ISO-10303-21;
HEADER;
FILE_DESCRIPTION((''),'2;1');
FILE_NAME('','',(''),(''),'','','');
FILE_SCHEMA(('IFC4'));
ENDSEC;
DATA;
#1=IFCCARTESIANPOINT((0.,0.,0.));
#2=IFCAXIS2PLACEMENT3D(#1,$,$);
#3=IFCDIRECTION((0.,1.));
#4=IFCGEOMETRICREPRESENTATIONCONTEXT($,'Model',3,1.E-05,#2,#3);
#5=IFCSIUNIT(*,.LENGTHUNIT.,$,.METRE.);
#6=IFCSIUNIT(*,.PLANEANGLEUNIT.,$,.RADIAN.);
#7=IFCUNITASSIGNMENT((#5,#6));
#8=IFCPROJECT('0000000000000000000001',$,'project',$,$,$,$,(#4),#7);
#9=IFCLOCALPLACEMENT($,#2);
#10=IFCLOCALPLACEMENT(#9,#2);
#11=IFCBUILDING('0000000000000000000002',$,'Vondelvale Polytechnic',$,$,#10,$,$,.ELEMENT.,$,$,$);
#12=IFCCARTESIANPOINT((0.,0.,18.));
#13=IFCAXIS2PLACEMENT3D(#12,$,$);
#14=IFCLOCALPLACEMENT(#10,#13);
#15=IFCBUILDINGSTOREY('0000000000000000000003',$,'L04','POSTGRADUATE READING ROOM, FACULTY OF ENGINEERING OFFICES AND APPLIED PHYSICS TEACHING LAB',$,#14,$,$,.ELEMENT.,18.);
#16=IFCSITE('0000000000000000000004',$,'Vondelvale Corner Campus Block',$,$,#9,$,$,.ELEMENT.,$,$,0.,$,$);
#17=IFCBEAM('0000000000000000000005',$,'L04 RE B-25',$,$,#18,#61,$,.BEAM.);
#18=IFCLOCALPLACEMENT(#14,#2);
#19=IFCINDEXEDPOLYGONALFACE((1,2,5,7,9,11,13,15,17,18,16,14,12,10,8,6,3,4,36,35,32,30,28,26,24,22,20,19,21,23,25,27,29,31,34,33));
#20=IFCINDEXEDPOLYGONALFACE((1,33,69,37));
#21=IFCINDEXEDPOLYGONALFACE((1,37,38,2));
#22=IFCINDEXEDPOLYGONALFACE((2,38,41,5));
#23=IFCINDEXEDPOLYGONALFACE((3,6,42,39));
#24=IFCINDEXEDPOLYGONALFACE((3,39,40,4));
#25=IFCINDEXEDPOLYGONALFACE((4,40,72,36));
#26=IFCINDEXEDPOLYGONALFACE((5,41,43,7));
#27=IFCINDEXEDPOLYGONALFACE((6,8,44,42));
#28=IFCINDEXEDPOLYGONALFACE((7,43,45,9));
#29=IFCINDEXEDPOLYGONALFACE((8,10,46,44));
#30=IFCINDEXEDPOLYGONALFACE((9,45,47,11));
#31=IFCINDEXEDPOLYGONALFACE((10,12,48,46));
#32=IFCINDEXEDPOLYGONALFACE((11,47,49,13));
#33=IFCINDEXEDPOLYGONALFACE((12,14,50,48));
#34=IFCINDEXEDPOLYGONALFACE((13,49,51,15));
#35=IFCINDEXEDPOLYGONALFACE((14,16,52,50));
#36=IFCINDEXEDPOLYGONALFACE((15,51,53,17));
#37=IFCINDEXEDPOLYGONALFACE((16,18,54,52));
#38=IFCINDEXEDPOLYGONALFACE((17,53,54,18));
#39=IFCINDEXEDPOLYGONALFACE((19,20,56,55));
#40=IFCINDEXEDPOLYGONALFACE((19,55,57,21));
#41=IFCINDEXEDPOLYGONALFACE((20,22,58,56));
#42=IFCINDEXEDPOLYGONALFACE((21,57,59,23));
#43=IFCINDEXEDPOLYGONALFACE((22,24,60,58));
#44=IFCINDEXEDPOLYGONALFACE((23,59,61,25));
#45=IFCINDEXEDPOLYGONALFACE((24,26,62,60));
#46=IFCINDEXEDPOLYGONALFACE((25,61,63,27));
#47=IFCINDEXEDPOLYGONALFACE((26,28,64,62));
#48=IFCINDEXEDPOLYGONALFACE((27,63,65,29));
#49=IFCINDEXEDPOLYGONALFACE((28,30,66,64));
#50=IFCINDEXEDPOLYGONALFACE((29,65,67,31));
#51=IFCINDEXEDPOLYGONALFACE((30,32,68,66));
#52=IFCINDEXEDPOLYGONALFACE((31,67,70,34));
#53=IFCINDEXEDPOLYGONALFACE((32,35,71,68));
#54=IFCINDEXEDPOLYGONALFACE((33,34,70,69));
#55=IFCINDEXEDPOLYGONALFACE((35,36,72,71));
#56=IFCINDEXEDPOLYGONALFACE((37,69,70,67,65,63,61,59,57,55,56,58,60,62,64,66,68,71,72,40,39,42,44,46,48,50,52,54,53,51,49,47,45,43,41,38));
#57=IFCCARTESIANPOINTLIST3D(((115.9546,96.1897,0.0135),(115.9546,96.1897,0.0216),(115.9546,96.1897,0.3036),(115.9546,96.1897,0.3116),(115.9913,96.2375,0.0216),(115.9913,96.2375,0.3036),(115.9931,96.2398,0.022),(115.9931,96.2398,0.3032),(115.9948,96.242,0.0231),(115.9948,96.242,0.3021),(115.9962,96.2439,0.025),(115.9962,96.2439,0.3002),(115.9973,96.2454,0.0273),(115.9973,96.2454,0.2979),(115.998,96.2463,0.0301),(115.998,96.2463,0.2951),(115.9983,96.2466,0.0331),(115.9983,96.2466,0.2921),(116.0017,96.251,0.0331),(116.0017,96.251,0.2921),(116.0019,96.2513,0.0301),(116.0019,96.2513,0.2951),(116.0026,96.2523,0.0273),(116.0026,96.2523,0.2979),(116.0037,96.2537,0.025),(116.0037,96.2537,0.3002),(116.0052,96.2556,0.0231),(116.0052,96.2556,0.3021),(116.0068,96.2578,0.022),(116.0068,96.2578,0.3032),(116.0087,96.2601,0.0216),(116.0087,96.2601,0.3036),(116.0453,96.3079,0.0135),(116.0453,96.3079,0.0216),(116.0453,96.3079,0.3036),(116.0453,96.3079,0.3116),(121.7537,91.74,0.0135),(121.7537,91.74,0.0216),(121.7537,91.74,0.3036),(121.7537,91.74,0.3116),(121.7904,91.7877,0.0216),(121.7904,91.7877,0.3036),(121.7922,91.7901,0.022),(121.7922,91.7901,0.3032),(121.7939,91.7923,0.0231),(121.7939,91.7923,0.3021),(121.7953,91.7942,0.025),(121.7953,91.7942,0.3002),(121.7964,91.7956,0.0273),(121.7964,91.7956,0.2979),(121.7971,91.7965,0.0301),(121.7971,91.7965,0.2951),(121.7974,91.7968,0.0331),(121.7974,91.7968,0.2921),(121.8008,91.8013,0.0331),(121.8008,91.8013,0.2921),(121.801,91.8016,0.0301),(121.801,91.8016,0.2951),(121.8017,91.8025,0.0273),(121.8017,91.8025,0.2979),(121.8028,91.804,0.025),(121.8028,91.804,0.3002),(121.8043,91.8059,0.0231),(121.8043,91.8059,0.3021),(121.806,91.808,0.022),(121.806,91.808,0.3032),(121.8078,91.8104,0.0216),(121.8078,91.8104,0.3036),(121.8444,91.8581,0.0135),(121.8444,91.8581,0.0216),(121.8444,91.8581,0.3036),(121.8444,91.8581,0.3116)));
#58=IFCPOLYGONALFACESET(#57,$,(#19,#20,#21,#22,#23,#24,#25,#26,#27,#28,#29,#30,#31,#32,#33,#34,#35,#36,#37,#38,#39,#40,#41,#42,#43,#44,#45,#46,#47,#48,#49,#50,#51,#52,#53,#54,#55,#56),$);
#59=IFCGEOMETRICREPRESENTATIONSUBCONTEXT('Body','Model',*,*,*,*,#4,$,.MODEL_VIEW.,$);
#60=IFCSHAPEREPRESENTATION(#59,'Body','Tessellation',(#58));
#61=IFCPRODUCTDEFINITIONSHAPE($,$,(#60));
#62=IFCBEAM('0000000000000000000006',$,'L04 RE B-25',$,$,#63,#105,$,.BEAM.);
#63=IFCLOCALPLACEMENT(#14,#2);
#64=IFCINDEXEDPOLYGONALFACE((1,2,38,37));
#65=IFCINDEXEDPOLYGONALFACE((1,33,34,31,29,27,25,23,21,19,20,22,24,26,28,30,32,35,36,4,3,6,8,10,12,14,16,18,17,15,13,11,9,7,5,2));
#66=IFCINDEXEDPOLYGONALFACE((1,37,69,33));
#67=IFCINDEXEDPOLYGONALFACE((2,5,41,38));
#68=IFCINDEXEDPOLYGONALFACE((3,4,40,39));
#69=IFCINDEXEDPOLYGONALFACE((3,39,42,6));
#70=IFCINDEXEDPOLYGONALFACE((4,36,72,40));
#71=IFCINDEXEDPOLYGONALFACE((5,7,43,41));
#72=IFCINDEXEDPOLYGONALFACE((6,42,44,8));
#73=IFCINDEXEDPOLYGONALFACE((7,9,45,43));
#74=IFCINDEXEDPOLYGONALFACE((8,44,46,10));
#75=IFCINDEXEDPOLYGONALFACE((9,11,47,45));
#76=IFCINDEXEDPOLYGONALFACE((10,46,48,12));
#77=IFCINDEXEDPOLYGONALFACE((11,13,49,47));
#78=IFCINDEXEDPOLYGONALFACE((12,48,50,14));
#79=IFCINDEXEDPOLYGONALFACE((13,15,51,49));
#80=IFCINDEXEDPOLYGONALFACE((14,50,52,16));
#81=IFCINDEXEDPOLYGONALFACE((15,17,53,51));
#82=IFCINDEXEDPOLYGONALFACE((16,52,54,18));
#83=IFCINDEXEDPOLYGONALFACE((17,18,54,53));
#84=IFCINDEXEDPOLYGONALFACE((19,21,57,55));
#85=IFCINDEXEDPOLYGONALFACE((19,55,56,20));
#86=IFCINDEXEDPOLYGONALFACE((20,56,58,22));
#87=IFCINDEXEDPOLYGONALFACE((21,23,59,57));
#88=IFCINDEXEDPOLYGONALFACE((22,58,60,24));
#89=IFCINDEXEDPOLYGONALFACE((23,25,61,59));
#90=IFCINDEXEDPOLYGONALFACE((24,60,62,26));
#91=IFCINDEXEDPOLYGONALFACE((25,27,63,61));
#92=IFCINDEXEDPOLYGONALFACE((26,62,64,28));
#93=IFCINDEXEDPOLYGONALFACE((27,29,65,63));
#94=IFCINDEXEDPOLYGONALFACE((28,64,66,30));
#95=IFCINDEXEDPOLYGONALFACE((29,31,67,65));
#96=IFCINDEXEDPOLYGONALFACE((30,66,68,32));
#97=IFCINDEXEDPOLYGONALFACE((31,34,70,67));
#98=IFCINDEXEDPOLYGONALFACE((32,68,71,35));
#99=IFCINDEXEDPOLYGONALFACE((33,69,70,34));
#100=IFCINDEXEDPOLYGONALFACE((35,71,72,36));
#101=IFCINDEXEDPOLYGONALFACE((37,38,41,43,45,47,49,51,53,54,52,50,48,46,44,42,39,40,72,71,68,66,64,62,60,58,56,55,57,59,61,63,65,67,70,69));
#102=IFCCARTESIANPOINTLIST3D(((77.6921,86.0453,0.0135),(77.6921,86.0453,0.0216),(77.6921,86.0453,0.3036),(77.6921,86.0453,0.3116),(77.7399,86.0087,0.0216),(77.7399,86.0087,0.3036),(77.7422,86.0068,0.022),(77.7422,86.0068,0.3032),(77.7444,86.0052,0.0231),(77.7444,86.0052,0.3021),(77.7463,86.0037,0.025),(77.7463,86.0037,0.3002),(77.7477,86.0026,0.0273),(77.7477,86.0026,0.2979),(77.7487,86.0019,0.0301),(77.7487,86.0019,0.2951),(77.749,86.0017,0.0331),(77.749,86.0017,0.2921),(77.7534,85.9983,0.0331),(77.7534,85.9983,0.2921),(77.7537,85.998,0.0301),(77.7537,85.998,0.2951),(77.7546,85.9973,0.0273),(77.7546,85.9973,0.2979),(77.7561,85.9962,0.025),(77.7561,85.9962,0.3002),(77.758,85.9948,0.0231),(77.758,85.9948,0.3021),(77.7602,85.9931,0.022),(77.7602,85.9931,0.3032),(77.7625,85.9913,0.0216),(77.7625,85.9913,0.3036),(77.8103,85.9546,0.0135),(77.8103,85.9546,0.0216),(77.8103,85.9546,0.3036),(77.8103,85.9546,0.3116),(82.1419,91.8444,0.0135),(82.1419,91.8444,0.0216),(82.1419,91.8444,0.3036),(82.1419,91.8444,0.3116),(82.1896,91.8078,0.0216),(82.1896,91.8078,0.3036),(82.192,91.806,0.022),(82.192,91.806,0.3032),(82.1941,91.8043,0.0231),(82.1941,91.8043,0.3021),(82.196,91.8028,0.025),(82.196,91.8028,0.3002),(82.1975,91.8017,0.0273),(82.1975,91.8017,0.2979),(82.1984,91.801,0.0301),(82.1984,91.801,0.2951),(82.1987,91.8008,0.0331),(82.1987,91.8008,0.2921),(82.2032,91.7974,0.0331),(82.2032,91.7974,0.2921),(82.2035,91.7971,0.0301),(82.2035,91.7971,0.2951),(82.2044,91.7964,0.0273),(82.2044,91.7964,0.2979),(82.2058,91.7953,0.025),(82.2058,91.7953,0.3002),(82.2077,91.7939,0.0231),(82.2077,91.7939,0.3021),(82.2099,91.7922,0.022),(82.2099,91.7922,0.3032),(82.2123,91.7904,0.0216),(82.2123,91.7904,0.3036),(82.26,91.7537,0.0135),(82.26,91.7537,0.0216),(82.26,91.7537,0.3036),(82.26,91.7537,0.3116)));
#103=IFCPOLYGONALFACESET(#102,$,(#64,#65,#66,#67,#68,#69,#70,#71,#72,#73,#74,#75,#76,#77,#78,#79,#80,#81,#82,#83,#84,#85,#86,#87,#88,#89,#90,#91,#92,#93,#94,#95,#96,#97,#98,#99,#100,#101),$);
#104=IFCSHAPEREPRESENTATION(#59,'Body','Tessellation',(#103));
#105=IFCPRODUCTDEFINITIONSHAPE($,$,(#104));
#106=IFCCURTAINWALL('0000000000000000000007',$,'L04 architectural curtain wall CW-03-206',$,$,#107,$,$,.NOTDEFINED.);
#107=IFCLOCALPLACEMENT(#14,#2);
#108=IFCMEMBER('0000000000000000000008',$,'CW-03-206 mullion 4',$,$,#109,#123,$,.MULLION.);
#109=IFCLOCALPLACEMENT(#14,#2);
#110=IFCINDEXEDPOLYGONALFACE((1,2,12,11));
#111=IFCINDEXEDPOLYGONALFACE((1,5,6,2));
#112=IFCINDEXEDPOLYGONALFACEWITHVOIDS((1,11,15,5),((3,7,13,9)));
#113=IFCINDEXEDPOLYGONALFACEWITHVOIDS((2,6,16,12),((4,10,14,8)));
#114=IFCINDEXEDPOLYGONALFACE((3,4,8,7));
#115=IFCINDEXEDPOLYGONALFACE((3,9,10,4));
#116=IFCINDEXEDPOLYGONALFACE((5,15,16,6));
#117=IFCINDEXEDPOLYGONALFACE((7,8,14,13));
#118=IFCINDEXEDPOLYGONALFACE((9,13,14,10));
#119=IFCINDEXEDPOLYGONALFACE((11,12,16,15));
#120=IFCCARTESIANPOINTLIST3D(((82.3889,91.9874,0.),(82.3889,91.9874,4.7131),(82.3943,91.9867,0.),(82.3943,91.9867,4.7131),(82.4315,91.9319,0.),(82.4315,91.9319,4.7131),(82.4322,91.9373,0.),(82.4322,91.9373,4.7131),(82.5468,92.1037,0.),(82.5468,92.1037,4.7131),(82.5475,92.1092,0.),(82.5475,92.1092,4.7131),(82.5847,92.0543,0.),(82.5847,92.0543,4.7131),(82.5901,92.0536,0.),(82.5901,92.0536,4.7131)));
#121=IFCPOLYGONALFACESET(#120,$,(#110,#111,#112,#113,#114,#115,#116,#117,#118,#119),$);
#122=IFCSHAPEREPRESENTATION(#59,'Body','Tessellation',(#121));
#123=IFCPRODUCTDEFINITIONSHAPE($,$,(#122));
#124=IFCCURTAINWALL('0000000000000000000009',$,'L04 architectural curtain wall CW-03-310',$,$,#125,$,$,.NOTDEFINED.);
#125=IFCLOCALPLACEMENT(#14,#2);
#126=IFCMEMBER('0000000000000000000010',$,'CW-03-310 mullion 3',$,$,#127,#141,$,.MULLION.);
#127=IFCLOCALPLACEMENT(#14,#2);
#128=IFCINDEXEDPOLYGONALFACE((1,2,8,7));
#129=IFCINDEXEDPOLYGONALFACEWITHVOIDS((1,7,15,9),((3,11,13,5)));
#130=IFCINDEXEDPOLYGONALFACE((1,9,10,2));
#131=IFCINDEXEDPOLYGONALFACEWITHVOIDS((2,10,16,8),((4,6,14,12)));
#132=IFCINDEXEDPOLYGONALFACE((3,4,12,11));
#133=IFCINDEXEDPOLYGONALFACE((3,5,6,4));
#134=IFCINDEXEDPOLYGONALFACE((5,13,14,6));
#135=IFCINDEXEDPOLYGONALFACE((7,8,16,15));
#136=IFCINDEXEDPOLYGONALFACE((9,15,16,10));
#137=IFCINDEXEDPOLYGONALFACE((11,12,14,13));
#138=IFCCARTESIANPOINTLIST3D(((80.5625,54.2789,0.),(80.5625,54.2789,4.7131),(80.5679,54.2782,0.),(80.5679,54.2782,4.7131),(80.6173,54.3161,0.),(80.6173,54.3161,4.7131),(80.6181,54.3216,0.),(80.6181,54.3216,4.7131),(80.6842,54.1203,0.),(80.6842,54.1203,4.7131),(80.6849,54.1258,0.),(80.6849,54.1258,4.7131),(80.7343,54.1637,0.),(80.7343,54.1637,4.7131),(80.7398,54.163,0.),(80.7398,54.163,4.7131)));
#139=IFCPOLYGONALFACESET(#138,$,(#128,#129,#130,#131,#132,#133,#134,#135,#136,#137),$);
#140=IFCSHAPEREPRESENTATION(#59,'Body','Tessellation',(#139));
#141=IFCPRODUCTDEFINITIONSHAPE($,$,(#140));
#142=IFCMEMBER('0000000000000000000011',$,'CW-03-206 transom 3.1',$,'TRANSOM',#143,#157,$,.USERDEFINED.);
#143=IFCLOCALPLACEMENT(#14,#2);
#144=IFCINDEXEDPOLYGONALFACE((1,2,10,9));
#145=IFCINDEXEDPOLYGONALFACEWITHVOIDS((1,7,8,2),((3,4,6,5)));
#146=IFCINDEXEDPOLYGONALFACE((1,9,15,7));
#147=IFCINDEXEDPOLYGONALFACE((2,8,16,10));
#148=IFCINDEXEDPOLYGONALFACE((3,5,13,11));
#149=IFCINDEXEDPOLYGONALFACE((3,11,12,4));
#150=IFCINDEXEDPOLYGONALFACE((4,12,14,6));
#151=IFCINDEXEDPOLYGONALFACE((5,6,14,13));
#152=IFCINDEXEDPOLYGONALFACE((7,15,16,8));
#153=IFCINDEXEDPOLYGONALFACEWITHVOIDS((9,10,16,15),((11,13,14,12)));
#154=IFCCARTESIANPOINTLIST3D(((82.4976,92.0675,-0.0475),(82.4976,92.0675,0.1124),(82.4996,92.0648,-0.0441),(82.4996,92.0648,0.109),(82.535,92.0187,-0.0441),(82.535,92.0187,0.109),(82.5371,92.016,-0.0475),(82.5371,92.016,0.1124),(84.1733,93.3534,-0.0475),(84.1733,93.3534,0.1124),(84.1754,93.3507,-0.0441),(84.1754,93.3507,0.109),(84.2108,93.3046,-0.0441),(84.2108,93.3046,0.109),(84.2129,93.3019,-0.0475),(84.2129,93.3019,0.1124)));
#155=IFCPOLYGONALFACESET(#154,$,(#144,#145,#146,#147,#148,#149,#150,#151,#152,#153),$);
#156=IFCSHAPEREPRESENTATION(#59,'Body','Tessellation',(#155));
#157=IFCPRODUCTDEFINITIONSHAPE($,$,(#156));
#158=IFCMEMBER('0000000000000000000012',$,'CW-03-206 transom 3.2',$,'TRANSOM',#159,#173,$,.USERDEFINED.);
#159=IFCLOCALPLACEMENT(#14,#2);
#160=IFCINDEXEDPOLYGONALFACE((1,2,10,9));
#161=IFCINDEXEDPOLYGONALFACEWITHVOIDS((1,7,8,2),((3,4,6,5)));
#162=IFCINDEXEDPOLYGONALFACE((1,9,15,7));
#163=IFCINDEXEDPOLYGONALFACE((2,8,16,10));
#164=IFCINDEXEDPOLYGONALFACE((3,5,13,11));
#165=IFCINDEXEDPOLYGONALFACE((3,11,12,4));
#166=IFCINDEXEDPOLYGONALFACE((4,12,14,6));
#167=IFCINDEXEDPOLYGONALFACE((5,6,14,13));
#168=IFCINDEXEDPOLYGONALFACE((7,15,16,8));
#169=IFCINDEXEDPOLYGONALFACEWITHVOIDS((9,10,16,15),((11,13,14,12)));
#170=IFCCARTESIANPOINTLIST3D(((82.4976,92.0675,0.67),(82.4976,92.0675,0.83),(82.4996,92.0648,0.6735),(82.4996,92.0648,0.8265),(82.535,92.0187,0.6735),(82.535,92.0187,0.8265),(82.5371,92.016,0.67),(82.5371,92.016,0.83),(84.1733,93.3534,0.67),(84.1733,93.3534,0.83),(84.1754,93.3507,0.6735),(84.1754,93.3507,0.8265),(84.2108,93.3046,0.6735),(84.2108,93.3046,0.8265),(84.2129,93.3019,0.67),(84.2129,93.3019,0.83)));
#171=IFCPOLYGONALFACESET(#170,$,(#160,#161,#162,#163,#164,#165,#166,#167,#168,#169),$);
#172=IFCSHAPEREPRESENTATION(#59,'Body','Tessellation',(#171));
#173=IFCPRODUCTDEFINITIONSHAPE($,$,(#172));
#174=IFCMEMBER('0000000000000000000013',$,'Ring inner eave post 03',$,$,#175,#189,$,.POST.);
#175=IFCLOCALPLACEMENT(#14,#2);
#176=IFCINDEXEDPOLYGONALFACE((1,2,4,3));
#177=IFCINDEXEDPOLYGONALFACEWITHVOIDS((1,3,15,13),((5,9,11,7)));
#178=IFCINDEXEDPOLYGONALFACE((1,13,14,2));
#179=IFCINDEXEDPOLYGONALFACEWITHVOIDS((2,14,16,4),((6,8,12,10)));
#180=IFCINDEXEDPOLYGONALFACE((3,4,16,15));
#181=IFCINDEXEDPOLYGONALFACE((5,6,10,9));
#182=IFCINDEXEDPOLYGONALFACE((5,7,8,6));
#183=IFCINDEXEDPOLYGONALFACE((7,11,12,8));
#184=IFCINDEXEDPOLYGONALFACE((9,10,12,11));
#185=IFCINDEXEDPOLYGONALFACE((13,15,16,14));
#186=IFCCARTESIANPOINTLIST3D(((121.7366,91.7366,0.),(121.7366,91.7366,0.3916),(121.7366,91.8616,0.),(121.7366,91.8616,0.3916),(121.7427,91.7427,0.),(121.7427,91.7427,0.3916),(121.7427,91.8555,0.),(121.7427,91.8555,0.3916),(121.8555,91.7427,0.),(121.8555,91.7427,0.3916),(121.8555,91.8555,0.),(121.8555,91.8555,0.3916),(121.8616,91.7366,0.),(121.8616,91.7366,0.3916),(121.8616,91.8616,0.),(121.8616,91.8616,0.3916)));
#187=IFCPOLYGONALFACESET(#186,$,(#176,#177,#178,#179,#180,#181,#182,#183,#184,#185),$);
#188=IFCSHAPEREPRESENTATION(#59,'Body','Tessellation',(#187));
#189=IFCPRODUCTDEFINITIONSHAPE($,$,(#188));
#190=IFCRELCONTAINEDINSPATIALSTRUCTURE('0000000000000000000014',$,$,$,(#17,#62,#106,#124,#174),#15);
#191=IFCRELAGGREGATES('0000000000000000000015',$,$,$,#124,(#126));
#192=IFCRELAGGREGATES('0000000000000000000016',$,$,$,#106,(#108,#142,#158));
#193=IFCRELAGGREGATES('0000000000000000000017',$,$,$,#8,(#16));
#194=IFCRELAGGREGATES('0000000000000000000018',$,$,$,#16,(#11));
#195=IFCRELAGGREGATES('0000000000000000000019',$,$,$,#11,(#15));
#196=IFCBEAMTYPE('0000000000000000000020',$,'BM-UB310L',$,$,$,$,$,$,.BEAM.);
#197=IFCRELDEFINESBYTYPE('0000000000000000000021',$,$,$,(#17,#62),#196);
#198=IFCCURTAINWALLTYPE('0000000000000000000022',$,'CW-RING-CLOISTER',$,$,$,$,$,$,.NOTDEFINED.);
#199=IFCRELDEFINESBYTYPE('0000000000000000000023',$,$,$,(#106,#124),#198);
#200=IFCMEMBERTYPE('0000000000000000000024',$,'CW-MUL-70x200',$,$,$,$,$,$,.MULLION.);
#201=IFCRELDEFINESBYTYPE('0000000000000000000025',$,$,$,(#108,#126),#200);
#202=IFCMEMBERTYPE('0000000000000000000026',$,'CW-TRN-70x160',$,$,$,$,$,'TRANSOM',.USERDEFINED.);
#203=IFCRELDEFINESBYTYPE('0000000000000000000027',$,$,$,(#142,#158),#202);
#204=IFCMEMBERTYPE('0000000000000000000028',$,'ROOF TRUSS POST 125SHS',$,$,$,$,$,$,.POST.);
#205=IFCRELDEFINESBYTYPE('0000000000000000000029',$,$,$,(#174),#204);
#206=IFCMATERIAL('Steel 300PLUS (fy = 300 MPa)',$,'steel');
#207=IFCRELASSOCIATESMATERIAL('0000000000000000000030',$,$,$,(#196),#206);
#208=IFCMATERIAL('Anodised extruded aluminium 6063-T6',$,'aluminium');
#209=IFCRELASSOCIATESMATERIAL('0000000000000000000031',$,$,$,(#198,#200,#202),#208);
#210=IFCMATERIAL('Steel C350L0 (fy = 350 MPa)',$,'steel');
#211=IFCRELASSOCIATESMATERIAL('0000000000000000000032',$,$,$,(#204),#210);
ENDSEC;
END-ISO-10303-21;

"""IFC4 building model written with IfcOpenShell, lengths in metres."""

from ifc_helpers import new_model, si_unit, direction, frame, origin, origin_2d, place, context, subcontext, project, spatial, hollow_rectangle, i_section, extrude, material, material_profile, profile_set, type_object, element, aggregate, save


model = new_model("IFC4")

# Units and contexts
model_context = context("Model", 3, precision=1e-05, world=origin(), true_north=direction((0.0, 1.0)))
body_context = subcontext(model_context, "Body", "Model", "MODEL_VIEW")
ifc_project = project(units=[si_unit("LENGTHUNIT", "METRE"), si_unit("PLANEANGLEUNIT", "RADIAN")], contexts=[model_context])

# Site, building, storey
site_placement = place(None, origin())
site = spatial("IfcSite", under=ifc_project, at=site_placement, Name="Vondelvale Corner Campus Block", CompositionType="ELEMENT", RefElevation=0.0)
building_placement = place(site_placement, origin())
building = spatial("IfcBuilding", under=site, at=building_placement, Name="Vondelvale Polytechnic", CompositionType="ELEMENT")
storey_placement = place(building_placement, frame((0.0, 0.0, 18.0)))
storey = spatial("IfcBuildingStorey", under=building, at=storey_placement, Name="L04", Description="POSTGRADUATE READING ROOM, FACULTY OF ENGINEERING OFFICES AND APPLIED PHYSICS TEACHING LAB", CompositionType="ELEMENT", Elevation=18.0)

# Beams
ifc_material_1 = material(Name="Steel 300PLUS (fy = 300 MPa)", Category="steel")
ifc_material_profile_1 = material_profile(ifc_material_1, i_section(OverallWidth=0.1489, OverallDepth=0.2981, WebThickness=0.0056, FlangeThickness=0.0081, FilletRadius=0.0115, at=origin_2d()), Name="310UB32.0")
ifc_profile_set_1 = profile_set([ifc_material_profile_1], Name="Steel 300PLUS (fy = 300 MPa)")
beam_type = type_object("IfcBeamType", Name="BM-UB310L", PredefinedType="BEAM", material=ifc_profile_set_1)
for number, where, z_axis, x_axis, name in (
    (1, (121.7991, 91.7991, 0.1626), (-0.793358, 0.608755, 0.0), (-0.608755, -0.793358, 0.0), "L04 RE B-25"),
    (2, (82.2009, 91.7991, 0.1626), (-0.608755, -0.793358, 0.0), (0.793358, -0.608755, 0.0), "L04 RE B-25"),
):
    element("IfcBeam", number, at=place(storey_placement, frame(where, z_axis=z_axis, x_axis=x_axis)), inside=storey, type_object=beam_type, Name=name, PredefinedType="BEAM", context=body_context, shape_type="SweptSolid", body=[
        extrude(i_section(OverallWidth=0.1489, OverallDepth=0.2981, WebThickness=0.0056, FlangeThickness=0.0081, FilletRadius=0.0115, at=origin_2d()), origin(), (0.0, 0.0, 1.0), 7.3096),
    ])

# Curtain walls, members
ifc_material_2 = material(Name="Anodised extruded aluminium 6063-T6", Category="aluminium")
curtain_wall_type = type_object("IfcCurtainWallType", Name="CW-RING-CLOISTER", PredefinedType="NOTDEFINED", material=ifc_material_2)
curtain_wall_1_placement = place(storey_placement, origin())
curtain_wall_1 = element("IfcCurtainWall", 3, at=curtain_wall_1_placement, inside=storey, type_object=curtain_wall_type, Name="L04 architectural curtain wall CW-03-206", PredefinedType="NOTDEFINED")
ifc_material_profile_2 = material_profile(ifc_material_2, hollow_rectangle(XDim=0.0701, YDim=0.2, WallThickness=0.0039, at=origin_2d()), Name="CW-MUL-200x70")
ifc_profile_set_2 = profile_set([ifc_material_profile_2], Name="Anodised extruded aluminium 6063-T6")
member_type_1 = type_object("IfcMemberType", Name="CW-MUL-70x200", PredefinedType="MULLION", material=ifc_profile_set_2)
member_1_placement = place(storey_placement, frame((82.4895, 92.0205, 0.0), z_axis=(0.0, 0.0, 1.0), x_axis=(0.608748, -0.793364, 0.0)))
member_1 = element("IfcMember", 4, at=member_1_placement, type_object=member_type_1, Name="CW-03-206 mullion 4", PredefinedType="MULLION", context=body_context, shape_type="SweptSolid", body=[
    extrude(hollow_rectangle(XDim=0.0701, YDim=0.2, WallThickness=0.0039, at=origin_2d()), origin(), (0.0, 0.0, 1.0), 4.7131),
])
curtain_wall_2_placement = place(storey_placement, origin())
curtain_wall_2 = element("IfcCurtainWall", 5, at=curtain_wall_2_placement, inside=storey, type_object=curtain_wall_type, Name="L04 architectural curtain wall CW-03-310", PredefinedType="NOTDEFINED")
member_2_placement = place(storey_placement, frame((80.6511, 54.2209, 0.0), z_axis=(0.0, 0.0, 1.0), x_axis=(0.793364, 0.608748, 0.0)))
member_2 = element("IfcMember", 6, at=member_2_placement, type_object=member_type_1, Name="CW-03-310 mullion 3", PredefinedType="MULLION", context=body_context, shape_type="SweptSolid", body=[
    extrude(hollow_rectangle(XDim=0.0701, YDim=0.2, WallThickness=0.0039, at=origin_2d()), origin(), (0.0, 0.0, 1.0), 4.7131),
])

# Members
ifc_material_profile_3 = material_profile(ifc_material_2, hollow_rectangle(XDim=0.0649, YDim=0.1599, WallThickness=0.0034, at=origin_2d()), Name="CW-TRN-160x65")
ifc_profile_set_3 = profile_set([ifc_material_profile_3], Name="Anodised extruded aluminium 6063-T6")
member_type_2 = type_object("IfcMemberType", Name="CW-TRN-70x160", ElementType="TRANSOM", PredefinedType="USERDEFINED", material=ifc_profile_set_3)
member_3_placement = place(storey_placement, frame((84.1931, 93.3276, 0.0325), z_axis=(-0.79335, -0.608766, 0.0), x_axis=(0.608766, -0.79335, 0.0)))
member_3 = element("IfcMember", 7, at=member_3_placement, type_object=member_type_2, Name="CW-03-206 transom 3.1", ObjectType="TRANSOM", PredefinedType="USERDEFINED", context=body_context, shape_type="SweptSolid", body=[
    extrude(hollow_rectangle(XDim=0.0649, YDim=0.1599, WallThickness=0.0034, at=origin_2d()), origin(), (0.0, 0.0, 1.0), 2.1123),
])
member_4_placement = place(storey_placement, frame((84.1931, 93.3276, 0.75), z_axis=(-0.79335, -0.608766, 0.0), x_axis=(0.608766, -0.79335, 0.0)))
member_4 = element("IfcMember", 8, at=member_4_placement, type_object=member_type_2, Name="CW-03-206 transom 3.2", ObjectType="TRANSOM", PredefinedType="USERDEFINED", context=body_context, shape_type="SweptSolid", body=[
    extrude(hollow_rectangle(XDim=0.0649, YDim=0.1599, WallThickness=0.0034, at=origin_2d()), origin(), (0.0, 0.0, 1.0), 2.1123),
])

# Member
ifc_material_3 = material(Name="Steel C350L0 (fy = 350 MPa)", Category="steel")
ifc_material_profile_4 = material_profile(ifc_material_3, hollow_rectangle(XDim=0.125, YDim=0.125, WallThickness=0.0061, at=origin_2d()), Name="125x125x6.0SHS")
ifc_profile_set_4 = profile_set([ifc_material_profile_4], Name="Steel C350L0 (fy = 350 MPa)")
member_type_3 = type_object("IfcMemberType", Name="ROOF TRUSS POST 125SHS", PredefinedType="POST", material=ifc_profile_set_4)
for number, where, z_axis, x_axis, name in (
    (9, (121.7991, 91.7991, 0.0), (0.0, 0.0, 1.0), (1.0, 0.0, 0.0), "Ring inner eave post 03"),
):
    element("IfcMember", number, at=place(storey_placement, frame(where, z_axis=z_axis, x_axis=x_axis)), inside=storey, type_object=member_type_3, Name=name, PredefinedType="POST", context=body_context, shape_type="SweptSolid", body=[
        extrude(hollow_rectangle(XDim=0.125, YDim=0.125, WallThickness=0.0061, at=origin_2d()), origin(), (0.0, 0.0, 1.0), 0.3916),
    ])

aggregate(curtain_wall_2, [member_2])
aggregate(curtain_wall_1, [member_1, member_3, member_4])

save(model, "model.ifc")
